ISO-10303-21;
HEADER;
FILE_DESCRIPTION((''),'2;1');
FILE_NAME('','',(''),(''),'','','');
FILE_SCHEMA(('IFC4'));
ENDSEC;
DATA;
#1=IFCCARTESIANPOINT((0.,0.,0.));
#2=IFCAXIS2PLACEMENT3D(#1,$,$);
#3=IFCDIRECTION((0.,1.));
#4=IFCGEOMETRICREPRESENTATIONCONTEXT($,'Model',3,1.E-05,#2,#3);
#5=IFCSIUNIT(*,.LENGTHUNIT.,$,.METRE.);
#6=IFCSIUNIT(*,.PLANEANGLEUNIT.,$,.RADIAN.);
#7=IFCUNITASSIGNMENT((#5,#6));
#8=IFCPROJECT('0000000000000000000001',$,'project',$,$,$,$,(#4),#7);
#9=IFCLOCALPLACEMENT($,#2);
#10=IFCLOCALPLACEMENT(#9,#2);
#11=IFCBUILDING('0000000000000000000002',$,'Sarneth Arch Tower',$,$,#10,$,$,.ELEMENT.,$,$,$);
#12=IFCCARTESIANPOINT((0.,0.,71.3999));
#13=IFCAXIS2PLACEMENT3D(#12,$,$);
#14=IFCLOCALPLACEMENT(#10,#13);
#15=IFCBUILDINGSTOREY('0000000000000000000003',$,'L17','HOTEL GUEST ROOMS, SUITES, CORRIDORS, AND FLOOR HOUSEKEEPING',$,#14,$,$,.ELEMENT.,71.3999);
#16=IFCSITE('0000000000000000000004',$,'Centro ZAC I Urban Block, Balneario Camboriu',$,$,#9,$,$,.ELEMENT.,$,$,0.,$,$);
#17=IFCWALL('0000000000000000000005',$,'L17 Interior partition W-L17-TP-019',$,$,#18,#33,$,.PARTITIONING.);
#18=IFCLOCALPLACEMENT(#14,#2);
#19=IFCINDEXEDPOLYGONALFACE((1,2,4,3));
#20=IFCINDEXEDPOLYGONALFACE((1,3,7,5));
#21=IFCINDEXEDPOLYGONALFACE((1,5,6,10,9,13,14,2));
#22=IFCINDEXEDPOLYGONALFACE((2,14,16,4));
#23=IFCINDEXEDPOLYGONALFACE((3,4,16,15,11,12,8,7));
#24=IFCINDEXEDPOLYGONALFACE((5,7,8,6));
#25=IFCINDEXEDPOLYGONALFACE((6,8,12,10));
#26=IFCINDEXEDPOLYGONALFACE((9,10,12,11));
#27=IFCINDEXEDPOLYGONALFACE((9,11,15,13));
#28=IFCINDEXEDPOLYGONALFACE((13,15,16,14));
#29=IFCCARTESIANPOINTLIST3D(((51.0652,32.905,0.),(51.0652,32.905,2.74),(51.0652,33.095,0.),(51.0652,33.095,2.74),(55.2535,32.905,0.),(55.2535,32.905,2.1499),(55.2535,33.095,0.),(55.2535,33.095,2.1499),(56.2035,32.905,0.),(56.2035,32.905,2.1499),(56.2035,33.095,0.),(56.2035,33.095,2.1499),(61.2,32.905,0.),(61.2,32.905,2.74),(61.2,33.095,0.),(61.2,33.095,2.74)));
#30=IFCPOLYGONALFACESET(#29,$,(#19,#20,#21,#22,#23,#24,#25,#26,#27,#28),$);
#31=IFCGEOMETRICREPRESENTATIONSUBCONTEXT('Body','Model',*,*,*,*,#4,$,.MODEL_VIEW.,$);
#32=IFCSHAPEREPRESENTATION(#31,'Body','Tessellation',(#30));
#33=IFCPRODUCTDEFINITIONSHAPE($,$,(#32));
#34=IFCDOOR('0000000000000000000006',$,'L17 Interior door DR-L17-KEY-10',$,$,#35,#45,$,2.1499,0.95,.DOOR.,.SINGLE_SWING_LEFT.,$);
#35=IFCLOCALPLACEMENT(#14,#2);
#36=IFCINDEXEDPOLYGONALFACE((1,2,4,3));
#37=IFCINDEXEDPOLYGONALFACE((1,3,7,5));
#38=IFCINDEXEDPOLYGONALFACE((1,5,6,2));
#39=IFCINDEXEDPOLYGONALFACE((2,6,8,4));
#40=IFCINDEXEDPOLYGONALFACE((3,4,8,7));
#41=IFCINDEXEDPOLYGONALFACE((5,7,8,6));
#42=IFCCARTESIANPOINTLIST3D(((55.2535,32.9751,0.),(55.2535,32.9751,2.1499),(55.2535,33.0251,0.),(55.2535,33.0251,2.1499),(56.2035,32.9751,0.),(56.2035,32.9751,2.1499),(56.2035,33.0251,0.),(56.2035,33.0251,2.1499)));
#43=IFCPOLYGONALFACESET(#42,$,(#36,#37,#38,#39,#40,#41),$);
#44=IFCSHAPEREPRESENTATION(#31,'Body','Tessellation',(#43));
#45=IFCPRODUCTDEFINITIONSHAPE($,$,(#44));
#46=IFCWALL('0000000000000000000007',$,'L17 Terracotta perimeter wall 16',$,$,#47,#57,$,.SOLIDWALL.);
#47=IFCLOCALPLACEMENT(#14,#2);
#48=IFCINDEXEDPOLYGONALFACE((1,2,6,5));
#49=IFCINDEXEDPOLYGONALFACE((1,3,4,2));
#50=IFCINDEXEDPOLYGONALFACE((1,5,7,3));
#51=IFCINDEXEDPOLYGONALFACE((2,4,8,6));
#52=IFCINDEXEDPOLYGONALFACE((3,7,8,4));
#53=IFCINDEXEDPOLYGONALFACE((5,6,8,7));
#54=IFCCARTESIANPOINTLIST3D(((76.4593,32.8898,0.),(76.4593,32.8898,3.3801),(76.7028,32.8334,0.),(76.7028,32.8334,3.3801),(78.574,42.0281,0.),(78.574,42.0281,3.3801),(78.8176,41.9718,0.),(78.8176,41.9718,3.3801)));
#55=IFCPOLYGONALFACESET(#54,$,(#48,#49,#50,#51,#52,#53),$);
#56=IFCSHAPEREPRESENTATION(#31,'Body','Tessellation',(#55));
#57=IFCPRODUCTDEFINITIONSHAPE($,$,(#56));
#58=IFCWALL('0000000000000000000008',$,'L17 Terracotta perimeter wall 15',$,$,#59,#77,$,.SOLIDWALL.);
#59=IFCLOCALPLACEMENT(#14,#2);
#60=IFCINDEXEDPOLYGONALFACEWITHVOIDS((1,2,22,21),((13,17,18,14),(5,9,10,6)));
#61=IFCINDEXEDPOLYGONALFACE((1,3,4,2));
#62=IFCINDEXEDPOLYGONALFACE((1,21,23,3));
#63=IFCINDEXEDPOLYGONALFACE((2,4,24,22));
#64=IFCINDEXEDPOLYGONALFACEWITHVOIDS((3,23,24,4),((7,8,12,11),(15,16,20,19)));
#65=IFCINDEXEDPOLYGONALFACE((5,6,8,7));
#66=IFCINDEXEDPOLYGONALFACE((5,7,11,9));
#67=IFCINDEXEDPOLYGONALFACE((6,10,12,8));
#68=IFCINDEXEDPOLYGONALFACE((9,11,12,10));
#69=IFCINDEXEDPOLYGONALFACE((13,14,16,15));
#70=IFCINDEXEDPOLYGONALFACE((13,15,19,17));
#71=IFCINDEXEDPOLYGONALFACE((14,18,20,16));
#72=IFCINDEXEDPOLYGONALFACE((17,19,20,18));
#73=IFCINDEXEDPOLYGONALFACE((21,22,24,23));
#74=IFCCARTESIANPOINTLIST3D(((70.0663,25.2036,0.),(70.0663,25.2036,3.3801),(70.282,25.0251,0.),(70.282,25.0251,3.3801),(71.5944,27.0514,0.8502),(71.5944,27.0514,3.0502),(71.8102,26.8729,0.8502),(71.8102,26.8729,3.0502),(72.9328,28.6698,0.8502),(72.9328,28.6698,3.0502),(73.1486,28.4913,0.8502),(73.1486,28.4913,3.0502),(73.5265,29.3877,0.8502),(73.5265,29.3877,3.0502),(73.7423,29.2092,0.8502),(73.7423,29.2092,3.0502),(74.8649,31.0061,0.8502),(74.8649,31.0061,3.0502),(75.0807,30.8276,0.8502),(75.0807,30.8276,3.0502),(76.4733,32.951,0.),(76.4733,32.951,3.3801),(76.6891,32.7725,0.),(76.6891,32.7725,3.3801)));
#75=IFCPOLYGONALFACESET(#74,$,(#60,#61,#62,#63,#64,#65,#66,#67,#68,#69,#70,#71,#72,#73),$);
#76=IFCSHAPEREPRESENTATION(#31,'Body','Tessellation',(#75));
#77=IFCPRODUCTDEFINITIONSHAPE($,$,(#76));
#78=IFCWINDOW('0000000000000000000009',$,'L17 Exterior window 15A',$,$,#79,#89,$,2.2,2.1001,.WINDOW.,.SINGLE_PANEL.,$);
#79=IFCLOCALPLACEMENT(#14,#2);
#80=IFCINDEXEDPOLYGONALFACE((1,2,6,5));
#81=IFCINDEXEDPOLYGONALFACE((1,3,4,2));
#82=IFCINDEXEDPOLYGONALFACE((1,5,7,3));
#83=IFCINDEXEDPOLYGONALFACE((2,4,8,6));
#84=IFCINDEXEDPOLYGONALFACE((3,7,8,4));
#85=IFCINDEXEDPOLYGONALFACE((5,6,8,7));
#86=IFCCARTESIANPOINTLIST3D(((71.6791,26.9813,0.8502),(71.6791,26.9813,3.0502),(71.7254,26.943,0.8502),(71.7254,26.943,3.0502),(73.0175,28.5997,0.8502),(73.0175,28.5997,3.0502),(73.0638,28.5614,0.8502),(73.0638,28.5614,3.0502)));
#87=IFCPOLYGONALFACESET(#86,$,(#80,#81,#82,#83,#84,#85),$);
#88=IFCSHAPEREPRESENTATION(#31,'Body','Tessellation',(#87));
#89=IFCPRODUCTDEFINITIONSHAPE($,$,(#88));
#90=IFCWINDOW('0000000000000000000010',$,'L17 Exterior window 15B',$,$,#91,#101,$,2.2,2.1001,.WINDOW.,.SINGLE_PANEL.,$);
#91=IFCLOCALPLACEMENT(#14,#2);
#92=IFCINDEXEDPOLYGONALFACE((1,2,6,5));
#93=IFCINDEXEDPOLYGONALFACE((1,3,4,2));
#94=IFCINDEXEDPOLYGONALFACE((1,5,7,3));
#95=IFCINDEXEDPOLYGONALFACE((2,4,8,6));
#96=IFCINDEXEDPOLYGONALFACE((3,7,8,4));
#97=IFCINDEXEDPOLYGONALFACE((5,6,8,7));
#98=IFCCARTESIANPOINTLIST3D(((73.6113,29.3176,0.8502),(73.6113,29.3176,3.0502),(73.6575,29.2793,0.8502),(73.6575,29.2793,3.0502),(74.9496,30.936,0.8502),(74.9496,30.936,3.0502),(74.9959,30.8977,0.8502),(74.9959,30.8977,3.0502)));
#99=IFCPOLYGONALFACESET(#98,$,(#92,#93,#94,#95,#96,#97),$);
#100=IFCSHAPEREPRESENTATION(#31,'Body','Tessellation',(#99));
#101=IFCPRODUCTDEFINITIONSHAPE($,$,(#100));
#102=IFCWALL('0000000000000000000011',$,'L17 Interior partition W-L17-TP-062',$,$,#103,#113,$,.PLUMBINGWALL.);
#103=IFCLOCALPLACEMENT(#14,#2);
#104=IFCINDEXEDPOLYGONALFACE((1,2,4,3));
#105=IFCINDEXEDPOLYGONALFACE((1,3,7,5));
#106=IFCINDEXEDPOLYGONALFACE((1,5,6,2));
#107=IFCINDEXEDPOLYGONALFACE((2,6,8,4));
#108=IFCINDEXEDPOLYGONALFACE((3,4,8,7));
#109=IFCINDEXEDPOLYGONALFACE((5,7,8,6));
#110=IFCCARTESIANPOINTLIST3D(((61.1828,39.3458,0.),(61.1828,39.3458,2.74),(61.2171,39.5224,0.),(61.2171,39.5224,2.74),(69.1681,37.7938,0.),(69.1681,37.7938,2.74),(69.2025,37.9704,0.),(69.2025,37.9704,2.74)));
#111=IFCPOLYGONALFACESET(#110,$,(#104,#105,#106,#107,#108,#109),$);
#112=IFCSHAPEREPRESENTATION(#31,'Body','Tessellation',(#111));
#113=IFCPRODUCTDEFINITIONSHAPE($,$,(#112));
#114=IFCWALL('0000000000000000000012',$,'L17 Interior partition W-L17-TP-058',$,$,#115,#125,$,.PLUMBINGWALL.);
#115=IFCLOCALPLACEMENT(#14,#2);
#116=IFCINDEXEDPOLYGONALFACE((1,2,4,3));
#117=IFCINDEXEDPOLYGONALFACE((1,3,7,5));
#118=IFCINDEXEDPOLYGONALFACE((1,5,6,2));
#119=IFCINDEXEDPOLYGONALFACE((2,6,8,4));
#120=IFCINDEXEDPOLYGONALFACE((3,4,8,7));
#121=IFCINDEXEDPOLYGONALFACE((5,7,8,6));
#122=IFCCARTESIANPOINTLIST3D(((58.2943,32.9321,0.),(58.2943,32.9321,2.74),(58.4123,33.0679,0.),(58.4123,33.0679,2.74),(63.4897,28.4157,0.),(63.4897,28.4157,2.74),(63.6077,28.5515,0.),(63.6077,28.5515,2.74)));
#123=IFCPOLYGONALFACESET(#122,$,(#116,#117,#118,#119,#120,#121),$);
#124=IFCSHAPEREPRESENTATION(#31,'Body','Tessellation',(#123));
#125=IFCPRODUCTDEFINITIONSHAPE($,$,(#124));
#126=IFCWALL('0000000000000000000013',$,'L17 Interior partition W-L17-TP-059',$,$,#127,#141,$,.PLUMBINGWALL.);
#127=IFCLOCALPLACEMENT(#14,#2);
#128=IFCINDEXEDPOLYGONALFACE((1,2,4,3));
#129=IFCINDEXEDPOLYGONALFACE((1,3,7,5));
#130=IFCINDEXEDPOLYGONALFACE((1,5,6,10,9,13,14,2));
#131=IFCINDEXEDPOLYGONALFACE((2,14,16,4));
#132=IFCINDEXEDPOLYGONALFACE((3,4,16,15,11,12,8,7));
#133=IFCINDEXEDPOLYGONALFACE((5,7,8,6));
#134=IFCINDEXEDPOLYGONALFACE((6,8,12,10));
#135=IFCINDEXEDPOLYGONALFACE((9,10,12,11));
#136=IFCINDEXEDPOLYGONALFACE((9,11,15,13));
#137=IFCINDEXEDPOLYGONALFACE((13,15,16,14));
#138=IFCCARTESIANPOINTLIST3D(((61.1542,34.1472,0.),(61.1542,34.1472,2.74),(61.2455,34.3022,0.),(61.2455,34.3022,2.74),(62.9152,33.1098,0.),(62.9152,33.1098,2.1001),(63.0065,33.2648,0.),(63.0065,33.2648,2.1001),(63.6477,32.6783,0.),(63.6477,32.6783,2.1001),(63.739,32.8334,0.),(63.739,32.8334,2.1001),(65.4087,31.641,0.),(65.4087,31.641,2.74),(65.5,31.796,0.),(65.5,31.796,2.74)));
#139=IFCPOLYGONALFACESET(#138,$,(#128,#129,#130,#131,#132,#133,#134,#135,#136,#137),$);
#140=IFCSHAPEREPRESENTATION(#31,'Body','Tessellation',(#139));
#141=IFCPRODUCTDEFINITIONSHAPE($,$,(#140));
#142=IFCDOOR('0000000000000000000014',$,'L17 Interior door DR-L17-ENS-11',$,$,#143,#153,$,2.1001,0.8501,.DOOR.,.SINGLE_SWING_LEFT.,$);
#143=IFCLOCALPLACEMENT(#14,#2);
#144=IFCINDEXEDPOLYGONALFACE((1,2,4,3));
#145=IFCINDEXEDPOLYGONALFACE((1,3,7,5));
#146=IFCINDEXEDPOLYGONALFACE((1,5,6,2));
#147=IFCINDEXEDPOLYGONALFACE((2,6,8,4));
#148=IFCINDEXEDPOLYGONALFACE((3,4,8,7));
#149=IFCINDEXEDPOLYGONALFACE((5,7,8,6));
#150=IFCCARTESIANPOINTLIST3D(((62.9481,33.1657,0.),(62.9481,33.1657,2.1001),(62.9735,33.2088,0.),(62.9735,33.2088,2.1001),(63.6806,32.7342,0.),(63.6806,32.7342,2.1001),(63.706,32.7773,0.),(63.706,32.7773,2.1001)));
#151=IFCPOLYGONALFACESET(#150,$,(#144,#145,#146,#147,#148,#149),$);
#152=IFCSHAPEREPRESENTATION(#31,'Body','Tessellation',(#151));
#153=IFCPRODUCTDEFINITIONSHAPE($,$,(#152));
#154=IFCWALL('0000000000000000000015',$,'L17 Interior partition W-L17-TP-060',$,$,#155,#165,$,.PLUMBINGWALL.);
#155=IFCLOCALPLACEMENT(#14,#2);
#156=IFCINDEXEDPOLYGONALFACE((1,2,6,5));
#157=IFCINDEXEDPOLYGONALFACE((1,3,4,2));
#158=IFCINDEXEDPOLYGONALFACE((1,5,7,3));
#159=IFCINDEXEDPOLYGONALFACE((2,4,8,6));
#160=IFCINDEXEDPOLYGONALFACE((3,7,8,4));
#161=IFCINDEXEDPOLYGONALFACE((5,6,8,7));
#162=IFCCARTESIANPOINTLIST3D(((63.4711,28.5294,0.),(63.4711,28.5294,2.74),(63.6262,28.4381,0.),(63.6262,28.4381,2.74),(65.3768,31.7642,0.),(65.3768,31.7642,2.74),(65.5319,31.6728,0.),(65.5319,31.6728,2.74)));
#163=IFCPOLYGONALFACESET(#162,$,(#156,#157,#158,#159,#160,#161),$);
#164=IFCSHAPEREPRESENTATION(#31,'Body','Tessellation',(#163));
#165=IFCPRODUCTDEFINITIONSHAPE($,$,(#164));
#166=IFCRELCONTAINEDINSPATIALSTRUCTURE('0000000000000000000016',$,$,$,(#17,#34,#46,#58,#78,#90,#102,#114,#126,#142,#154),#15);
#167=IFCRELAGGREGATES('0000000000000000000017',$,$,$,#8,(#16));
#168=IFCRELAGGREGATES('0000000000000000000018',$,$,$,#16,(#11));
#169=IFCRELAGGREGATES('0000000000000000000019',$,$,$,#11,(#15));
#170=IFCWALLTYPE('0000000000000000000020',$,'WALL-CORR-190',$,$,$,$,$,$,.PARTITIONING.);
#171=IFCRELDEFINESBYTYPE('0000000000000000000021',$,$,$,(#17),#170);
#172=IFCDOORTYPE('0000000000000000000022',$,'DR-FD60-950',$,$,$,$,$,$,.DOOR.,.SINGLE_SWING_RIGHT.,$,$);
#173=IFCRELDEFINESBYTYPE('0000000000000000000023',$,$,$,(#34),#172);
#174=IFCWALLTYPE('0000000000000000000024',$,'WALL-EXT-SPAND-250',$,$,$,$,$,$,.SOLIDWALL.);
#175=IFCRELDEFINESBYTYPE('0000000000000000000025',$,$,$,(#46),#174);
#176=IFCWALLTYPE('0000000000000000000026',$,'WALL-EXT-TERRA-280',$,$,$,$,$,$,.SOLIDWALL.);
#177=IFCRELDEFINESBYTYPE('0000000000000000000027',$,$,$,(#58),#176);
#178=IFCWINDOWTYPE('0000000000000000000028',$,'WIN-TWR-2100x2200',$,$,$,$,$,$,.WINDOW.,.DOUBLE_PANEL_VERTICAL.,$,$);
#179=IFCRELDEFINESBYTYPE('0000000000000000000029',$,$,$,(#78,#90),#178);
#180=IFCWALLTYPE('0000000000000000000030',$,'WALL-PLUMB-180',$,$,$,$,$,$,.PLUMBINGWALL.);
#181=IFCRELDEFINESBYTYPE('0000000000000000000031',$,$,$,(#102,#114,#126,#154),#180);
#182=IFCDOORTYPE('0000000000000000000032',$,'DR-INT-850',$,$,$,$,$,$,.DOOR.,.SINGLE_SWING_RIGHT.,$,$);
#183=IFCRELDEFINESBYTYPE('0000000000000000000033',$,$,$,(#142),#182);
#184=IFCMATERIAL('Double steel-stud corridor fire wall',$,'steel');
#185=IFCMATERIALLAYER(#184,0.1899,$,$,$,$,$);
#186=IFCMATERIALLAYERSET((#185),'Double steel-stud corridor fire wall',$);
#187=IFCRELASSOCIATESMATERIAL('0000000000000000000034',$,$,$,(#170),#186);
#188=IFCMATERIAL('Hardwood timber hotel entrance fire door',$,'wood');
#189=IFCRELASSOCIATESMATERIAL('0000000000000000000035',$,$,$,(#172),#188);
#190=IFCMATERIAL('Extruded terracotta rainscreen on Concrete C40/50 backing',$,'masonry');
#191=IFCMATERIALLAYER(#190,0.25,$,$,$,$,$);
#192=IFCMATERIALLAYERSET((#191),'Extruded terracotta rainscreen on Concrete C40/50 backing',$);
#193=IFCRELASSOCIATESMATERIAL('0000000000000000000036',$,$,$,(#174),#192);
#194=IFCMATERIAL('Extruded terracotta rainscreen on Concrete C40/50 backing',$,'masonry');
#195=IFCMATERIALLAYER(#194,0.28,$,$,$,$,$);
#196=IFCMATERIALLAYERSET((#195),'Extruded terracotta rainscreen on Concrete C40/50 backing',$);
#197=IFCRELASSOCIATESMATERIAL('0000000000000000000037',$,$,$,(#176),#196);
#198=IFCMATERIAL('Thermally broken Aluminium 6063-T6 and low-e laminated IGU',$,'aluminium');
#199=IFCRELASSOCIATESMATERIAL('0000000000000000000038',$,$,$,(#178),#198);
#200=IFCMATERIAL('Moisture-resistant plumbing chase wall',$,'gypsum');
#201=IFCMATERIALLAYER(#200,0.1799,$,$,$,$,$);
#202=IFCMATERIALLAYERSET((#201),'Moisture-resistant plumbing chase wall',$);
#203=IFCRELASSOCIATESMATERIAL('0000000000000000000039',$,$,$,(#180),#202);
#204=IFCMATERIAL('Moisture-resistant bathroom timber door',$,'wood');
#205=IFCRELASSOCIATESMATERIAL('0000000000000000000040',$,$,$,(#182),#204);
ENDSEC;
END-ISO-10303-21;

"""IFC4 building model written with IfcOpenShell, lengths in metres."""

from ifc_helpers import new_model, si_unit, direction, frame, frame_2d, origin, place, context, subcontext, project, spatial, rectangle, extrude, material, layer, layer_set, type_object, element, fill, save


model = new_model("IFC4")

# Units and contexts
model_context = context("Model", 3, precision=1e-05, world=origin(), true_north=direction((0.0, 1.0)))
body_context = subcontext(model_context, "Body", "Model", "MODEL_VIEW")
ifc_project = project(units=[si_unit("LENGTHUNIT", "METRE"), si_unit("PLANEANGLEUNIT", "RADIAN")], contexts=[model_context])

# Site, building, storey
site_placement = place(None, origin())
site = spatial("IfcSite", under=ifc_project, at=site_placement, Name="Centro ZAC I Urban Block, Balneario Camboriu", CompositionType="ELEMENT", RefElevation=0.0)
building_placement = place(site_placement, origin())
building = spatial("IfcBuilding", under=site, at=building_placement, Name="Sarneth Arch Tower", CompositionType="ELEMENT")
storey_placement = place(building_placement, frame((0.0, 0.0, 71.3999)))
storey = spatial("IfcBuildingStorey", under=building, at=storey_placement, Name="L17", Description="HOTEL GUEST ROOMS, SUITES, CORRIDORS, AND FLOOR HOUSEKEEPING", CompositionType="ELEMENT", Elevation=71.3999)

# Wall, opening, door
ifc_material_1 = material(Name="Double steel-stud corridor fire wall", Category="steel")
ifc_layer_1 = layer(ifc_material_1, 0.1899)
ifc_layer_set_1 = layer_set([ifc_layer_1], Name="Double steel-stud corridor fire wall")
wall_type_1 = type_object("IfcWallType", Name="WALL-CORR-190", PredefinedType="PARTITIONING", material=ifc_layer_set_1)
wall_1_placement = place(storey_placement, frame((61.2, 33.0, 0.0), z_axis=(0.0, 0.0, 1.0), x_axis=(-1.0, 0.0, 0.0)))
wall_1 = element("IfcWall", 1, at=wall_1_placement, inside=storey, type_object=wall_type_1, Name="L17 Interior partition W-L17-TP-019", PredefinedType="PARTITIONING", context=body_context, shape_type="SweptSolid", body=[
    extrude(rectangle(XDim=10.1348, YDim=0.1899, at=frame_2d((5.0674, 0.0))), origin(), (0.0, 0.0, 1.0), 2.74),
])
opening_1_placement = place(wall_1_placement, frame((4.9963, 0.0, 0.0)))
opening_1 = element("IfcOpeningElement", 2, at=opening_1_placement, cuts=wall_1, PredefinedType="OPENING", context=body_context, shape_type="SweptSolid", body=[
    extrude(rectangle(XDim=0.95, YDim=2.1499, at=frame_2d((0.4751, 1.075))), frame((0.0, 0.105, 0.0), z_axis=(0.0, -1.0, 0.0), x_axis=(1.0, 0.0, 0.0)), (0.0, 0.0, 1.0), 0.21),
])
ifc_material_2 = material(Name="Hardwood timber hotel entrance fire door", Category="wood")
door_type_1 = type_object("IfcDoorType", Name="DR-FD60-950", OperationType="SINGLE_SWING_RIGHT", PredefinedType="DOOR", material=ifc_material_2)
door_1_placement = place(opening_1_placement, origin())
door_1 = element("IfcDoor", 3, at=door_1_placement, inside=storey, type_object=door_type_1, Name="L17 Interior door DR-L17-KEY-10", OperationType="SINGLE_SWING_LEFT", OverallHeight=2.1499, OverallWidth=0.95, PredefinedType="DOOR", context=body_context, shape_type="SweptSolid", body=[
    extrude(rectangle(XDim=0.95, YDim=2.1499, at=frame_2d((0.4751, 1.075))), frame((0.0, 0.0249, 0.0), z_axis=(0.0, -1.0, 0.0), x_axis=(1.0, 0.0, 0.0)), (0.0, 0.0, 1.0), 0.05),
])
fill(opening_1, door_1)

# Wall
ifc_material_3 = material(Name="Extruded terracotta rainscreen on Concrete C40/50 backing", Category="masonry")
ifc_layer_2 = layer(ifc_material_3, 0.25)
ifc_layer_set_2 = layer_set([ifc_layer_2], Name="Extruded terracotta rainscreen on Concrete C40/50 backing")
wall_type_2 = type_object("IfcWallType", Name="WALL-EXT-SPAND-250", PredefinedType="SOLIDWALL", material=ifc_layer_set_2)
wall_2_placement = place(storey_placement, frame((76.5811, 32.8616, 0.0), z_axis=(0.0, 0.0, 1.0), x_axis=(0.225454, 0.974254, 0.0)))
element("IfcWall", 4, at=wall_2_placement, inside=storey, type_object=wall_type_2, Name="L17 Terracotta perimeter wall 16", PredefinedType="SOLIDWALL", context=body_context, shape_type="SweptSolid", body=[
    extrude(rectangle(XDim=9.3799, YDim=0.25, at=frame_2d((4.6899, 0.0))), origin(), (0.0, 0.0, 1.0), 3.3801),
])

# Wall, openings, windows
ifc_material_4 = material(Name="Extruded terracotta rainscreen on Concrete C40/50 backing", Category="masonry")
ifc_layer_3 = layer(ifc_material_4, 0.28)
ifc_layer_set_3 = layer_set([ifc_layer_3], Name="Extruded terracotta rainscreen on Concrete C40/50 backing")
wall_type_3 = type_object("IfcWallType", Name="WALL-EXT-TERRA-280", PredefinedType="SOLIDWALL", material=ifc_layer_set_3)
wall_3_placement = place(storey_placement, frame((70.1741, 25.1143, 0.0), z_axis=(0.0, 0.0, 1.0), x_axis=(0.637297, 0.770618, 0.0)))
wall_3 = element("IfcWall", 5, at=wall_3_placement, inside=storey, type_object=wall_type_3, Name="L17 Terracotta perimeter wall 15", PredefinedType="SOLIDWALL", context=body_context, shape_type="SweptSolid", body=[
    extrude(rectangle(XDim=10.0535, YDim=0.28, at=frame_2d((5.0269, 0.0))), origin(), (0.0, 0.0, 1.0), 3.3801),
])
opening_2_placement = place(wall_3_placement, frame((2.3979, 0.0, 0.8501)))
opening_2 = element("IfcOpeningElement", 6, at=opening_2_placement, cuts=wall_3, PredefinedType="OPENING", context=body_context, shape_type="SweptSolid", body=[
    extrude(rectangle(XDim=2.1001, YDim=2.2, at=frame_2d((1.05, 1.1001))), frame((0.0, 0.1499, 0.0), z_axis=(0.0, -1.0, 0.0), x_axis=(1.0, 0.0, 0.0)), (0.0, 0.0, 1.0), 0.3),
])
opening_3_placement = place(wall_3_placement, frame((5.4297, 0.0, 0.8501)))
opening_3 = element("IfcOpeningElement", 7, at=opening_3_placement, cuts=wall_3, PredefinedType="OPENING", context=body_context, shape_type="SweptSolid", body=[
    extrude(rectangle(XDim=2.1001, YDim=2.2, at=frame_2d((1.05, 1.1001))), frame((0.0, 0.1499, 0.0), z_axis=(0.0, -1.0, 0.0), x_axis=(1.0, 0.0, 0.0)), (0.0, 0.0, 1.0), 0.3),
])
ifc_material_5 = material(Name="Thermally broken Aluminium 6063-T6 and low-e laminated IGU", Category="aluminium")
window_type = type_object("IfcWindowType", Name="WIN-TWR-2100x2200", PartitioningType="DOUBLE_PANEL_VERTICAL", PredefinedType="WINDOW", material=ifc_material_5)
window_1_placement = place(opening_2_placement, origin())
window_1 = element("IfcWindow", 8, at=window_1_placement, inside=storey, type_object=window_type, Name="L17 Exterior window 15A", OverallHeight=2.2, OverallWidth=2.1001, PartitioningType="SINGLE_PANEL", PredefinedType="WINDOW", context=body_context, shape_type="SweptSolid", body=[
    extrude(rectangle(XDim=2.1001, YDim=2.2, at=frame_2d((1.05, 1.1001))), frame((0.0, 0.03, 0.0), z_axis=(0.0, -1.0, 0.0), x_axis=(1.0, 0.0, 0.0)), (0.0, 0.0, 1.0), 0.0601),
])
fill(opening_2, window_1)
window_2_placement = place(opening_3_placement, origin())
window_2 = element("IfcWindow", 9, at=window_2_placement, inside=storey, type_object=window_type, Name="L17 Exterior window 15B", OverallHeight=2.2, OverallWidth=2.1001, PartitioningType="SINGLE_PANEL", PredefinedType="WINDOW", context=body_context, shape_type="SweptSolid", body=[
    extrude(rectangle(XDim=2.1001, YDim=2.2, at=frame_2d((1.05, 1.1001))), frame((0.0, 0.03, 0.0), z_axis=(0.0, -1.0, 0.0), x_axis=(1.0, 0.0, 0.0)), (0.0, 0.0, 1.0), 0.0601),
])
fill(opening_3, window_2)

# Walls
ifc_material_6 = material(Name="Moisture-resistant plumbing chase wall", Category="gypsum")
ifc_layer_4 = layer(ifc_material_6, 0.1799)
ifc_layer_set_4 = layer_set([ifc_layer_4], Name="Moisture-resistant plumbing chase wall")
wall_type_4 = type_object("IfcWallType", Name="WALL-PLUMB-180", PredefinedType="PLUMBINGWALL", material=ifc_layer_set_4)
wall_4_placement = place(storey_placement, frame((69.1853, 37.8821, 0.0), z_axis=(0.0, 0.0, 1.0), x_axis=(-0.981632, 0.190786, 0.0)))
element("IfcWall", 10, at=wall_4_placement, inside=storey, type_object=wall_type_4, Name="L17 Interior partition W-L17-TP-062", PredefinedType="PLUMBINGWALL", context=body_context, shape_type="SweptSolid", body=[
    extrude(rectangle(XDim=8.1348, YDim=0.1799, at=frame_2d((4.0674, 0.0))), origin(), (0.0, 0.0, 1.0), 2.74),
])
wall_5_placement = place(storey_placement, frame((63.5486, 28.4836, 0.0), z_axis=(0.0, 0.0, 1.0), x_axis=(-0.754699, 0.656071, 0.0)))
element("IfcWall", 11, at=wall_5_placement, inside=storey, type_object=wall_type_4, Name="L17 Interior partition W-L17-TP-058", PredefinedType="PLUMBINGWALL", context=body_context, shape_type="SweptSolid", body=[
    extrude(rectangle(XDim=6.884, YDim=0.1799, at=frame_2d((3.4419, 0.0))), origin(), (0.0, 0.0, 1.0), 2.74),
])

# Wall, opening, door
wall_6_placement = place(storey_placement, frame((61.2, 34.2246, 0.0), z_axis=(0.0, 0.0, 1.0), x_axis=(0.861623, -0.507549, 0.0)))
wall_6 = element("IfcWall", 12, at=wall_6_placement, inside=storey, type_object=wall_type_4, Name="L17 Interior partition W-L17-TP-059", PredefinedType="PLUMBINGWALL", context=body_context, shape_type="SweptSolid", body=[
    extrude(rectangle(XDim=4.9377, YDim=0.1799, at=frame_2d((2.4688, 0.0))), origin(), (0.0, 0.0, 1.0), 2.74),
])
opening_4_placement = place(wall_6_placement, frame((2.0437, 0.0, 0.0)))
opening_4 = element("IfcOpeningElement", 13, at=opening_4_placement, cuts=wall_6, PredefinedType="OPENING", context=body_context, shape_type="SweptSolid", body=[
    extrude(rectangle(XDim=0.8501, YDim=2.1001, at=frame_2d((0.425, 1.05))), frame((0.0, 0.0999, 0.0), z_axis=(0.0, -1.0, 0.0), x_axis=(1.0, 0.0, 0.0)), (0.0, 0.0, 1.0), 0.2),
])
ifc_material_7 = material(Name="Moisture-resistant bathroom timber door", Category="wood")
door_type_2 = type_object("IfcDoorType", Name="DR-INT-850", OperationType="SINGLE_SWING_RIGHT", PredefinedType="DOOR", material=ifc_material_7)
door_2_placement = place(opening_4_placement, origin())
door_2 = element("IfcDoor", 14, at=door_2_placement, inside=storey, type_object=door_type_2, Name="L17 Interior door DR-L17-ENS-11", OperationType="SINGLE_SWING_LEFT", OverallHeight=2.1001, OverallWidth=0.8501, PredefinedType="DOOR", context=body_context, shape_type="SweptSolid", body=[
    extrude(rectangle(XDim=0.8501, YDim=2.1001, at=frame_2d((0.425, 1.05))), frame((0.0, 0.0249, 0.0), z_axis=(0.0, -1.0, 0.0), x_axis=(1.0, 0.0, 0.0)), (0.0, 0.0, 1.0), 0.05),
])
fill(opening_4, door_2)

# Wall
wall_7_placement = place(storey_placement, frame((65.4543, 31.7185, 0.0), z_axis=(0.0, 0.0, 1.0), x_axis=(-0.507594, -0.861596, 0.0)))
element("IfcWall", 15, at=wall_7_placement, inside=storey, type_object=wall_type_4, Name="L17 Interior partition W-L17-TP-060", PredefinedType="PLUMBINGWALL", context=body_context, shape_type="SweptSolid", body=[
    extrude(rectangle(XDim=3.7544, YDim=0.1799, at=frame_2d((1.8772, 0.0))), origin(), (0.0, 0.0, 1.0), 2.74),
])

save(model, "model.ifc")
